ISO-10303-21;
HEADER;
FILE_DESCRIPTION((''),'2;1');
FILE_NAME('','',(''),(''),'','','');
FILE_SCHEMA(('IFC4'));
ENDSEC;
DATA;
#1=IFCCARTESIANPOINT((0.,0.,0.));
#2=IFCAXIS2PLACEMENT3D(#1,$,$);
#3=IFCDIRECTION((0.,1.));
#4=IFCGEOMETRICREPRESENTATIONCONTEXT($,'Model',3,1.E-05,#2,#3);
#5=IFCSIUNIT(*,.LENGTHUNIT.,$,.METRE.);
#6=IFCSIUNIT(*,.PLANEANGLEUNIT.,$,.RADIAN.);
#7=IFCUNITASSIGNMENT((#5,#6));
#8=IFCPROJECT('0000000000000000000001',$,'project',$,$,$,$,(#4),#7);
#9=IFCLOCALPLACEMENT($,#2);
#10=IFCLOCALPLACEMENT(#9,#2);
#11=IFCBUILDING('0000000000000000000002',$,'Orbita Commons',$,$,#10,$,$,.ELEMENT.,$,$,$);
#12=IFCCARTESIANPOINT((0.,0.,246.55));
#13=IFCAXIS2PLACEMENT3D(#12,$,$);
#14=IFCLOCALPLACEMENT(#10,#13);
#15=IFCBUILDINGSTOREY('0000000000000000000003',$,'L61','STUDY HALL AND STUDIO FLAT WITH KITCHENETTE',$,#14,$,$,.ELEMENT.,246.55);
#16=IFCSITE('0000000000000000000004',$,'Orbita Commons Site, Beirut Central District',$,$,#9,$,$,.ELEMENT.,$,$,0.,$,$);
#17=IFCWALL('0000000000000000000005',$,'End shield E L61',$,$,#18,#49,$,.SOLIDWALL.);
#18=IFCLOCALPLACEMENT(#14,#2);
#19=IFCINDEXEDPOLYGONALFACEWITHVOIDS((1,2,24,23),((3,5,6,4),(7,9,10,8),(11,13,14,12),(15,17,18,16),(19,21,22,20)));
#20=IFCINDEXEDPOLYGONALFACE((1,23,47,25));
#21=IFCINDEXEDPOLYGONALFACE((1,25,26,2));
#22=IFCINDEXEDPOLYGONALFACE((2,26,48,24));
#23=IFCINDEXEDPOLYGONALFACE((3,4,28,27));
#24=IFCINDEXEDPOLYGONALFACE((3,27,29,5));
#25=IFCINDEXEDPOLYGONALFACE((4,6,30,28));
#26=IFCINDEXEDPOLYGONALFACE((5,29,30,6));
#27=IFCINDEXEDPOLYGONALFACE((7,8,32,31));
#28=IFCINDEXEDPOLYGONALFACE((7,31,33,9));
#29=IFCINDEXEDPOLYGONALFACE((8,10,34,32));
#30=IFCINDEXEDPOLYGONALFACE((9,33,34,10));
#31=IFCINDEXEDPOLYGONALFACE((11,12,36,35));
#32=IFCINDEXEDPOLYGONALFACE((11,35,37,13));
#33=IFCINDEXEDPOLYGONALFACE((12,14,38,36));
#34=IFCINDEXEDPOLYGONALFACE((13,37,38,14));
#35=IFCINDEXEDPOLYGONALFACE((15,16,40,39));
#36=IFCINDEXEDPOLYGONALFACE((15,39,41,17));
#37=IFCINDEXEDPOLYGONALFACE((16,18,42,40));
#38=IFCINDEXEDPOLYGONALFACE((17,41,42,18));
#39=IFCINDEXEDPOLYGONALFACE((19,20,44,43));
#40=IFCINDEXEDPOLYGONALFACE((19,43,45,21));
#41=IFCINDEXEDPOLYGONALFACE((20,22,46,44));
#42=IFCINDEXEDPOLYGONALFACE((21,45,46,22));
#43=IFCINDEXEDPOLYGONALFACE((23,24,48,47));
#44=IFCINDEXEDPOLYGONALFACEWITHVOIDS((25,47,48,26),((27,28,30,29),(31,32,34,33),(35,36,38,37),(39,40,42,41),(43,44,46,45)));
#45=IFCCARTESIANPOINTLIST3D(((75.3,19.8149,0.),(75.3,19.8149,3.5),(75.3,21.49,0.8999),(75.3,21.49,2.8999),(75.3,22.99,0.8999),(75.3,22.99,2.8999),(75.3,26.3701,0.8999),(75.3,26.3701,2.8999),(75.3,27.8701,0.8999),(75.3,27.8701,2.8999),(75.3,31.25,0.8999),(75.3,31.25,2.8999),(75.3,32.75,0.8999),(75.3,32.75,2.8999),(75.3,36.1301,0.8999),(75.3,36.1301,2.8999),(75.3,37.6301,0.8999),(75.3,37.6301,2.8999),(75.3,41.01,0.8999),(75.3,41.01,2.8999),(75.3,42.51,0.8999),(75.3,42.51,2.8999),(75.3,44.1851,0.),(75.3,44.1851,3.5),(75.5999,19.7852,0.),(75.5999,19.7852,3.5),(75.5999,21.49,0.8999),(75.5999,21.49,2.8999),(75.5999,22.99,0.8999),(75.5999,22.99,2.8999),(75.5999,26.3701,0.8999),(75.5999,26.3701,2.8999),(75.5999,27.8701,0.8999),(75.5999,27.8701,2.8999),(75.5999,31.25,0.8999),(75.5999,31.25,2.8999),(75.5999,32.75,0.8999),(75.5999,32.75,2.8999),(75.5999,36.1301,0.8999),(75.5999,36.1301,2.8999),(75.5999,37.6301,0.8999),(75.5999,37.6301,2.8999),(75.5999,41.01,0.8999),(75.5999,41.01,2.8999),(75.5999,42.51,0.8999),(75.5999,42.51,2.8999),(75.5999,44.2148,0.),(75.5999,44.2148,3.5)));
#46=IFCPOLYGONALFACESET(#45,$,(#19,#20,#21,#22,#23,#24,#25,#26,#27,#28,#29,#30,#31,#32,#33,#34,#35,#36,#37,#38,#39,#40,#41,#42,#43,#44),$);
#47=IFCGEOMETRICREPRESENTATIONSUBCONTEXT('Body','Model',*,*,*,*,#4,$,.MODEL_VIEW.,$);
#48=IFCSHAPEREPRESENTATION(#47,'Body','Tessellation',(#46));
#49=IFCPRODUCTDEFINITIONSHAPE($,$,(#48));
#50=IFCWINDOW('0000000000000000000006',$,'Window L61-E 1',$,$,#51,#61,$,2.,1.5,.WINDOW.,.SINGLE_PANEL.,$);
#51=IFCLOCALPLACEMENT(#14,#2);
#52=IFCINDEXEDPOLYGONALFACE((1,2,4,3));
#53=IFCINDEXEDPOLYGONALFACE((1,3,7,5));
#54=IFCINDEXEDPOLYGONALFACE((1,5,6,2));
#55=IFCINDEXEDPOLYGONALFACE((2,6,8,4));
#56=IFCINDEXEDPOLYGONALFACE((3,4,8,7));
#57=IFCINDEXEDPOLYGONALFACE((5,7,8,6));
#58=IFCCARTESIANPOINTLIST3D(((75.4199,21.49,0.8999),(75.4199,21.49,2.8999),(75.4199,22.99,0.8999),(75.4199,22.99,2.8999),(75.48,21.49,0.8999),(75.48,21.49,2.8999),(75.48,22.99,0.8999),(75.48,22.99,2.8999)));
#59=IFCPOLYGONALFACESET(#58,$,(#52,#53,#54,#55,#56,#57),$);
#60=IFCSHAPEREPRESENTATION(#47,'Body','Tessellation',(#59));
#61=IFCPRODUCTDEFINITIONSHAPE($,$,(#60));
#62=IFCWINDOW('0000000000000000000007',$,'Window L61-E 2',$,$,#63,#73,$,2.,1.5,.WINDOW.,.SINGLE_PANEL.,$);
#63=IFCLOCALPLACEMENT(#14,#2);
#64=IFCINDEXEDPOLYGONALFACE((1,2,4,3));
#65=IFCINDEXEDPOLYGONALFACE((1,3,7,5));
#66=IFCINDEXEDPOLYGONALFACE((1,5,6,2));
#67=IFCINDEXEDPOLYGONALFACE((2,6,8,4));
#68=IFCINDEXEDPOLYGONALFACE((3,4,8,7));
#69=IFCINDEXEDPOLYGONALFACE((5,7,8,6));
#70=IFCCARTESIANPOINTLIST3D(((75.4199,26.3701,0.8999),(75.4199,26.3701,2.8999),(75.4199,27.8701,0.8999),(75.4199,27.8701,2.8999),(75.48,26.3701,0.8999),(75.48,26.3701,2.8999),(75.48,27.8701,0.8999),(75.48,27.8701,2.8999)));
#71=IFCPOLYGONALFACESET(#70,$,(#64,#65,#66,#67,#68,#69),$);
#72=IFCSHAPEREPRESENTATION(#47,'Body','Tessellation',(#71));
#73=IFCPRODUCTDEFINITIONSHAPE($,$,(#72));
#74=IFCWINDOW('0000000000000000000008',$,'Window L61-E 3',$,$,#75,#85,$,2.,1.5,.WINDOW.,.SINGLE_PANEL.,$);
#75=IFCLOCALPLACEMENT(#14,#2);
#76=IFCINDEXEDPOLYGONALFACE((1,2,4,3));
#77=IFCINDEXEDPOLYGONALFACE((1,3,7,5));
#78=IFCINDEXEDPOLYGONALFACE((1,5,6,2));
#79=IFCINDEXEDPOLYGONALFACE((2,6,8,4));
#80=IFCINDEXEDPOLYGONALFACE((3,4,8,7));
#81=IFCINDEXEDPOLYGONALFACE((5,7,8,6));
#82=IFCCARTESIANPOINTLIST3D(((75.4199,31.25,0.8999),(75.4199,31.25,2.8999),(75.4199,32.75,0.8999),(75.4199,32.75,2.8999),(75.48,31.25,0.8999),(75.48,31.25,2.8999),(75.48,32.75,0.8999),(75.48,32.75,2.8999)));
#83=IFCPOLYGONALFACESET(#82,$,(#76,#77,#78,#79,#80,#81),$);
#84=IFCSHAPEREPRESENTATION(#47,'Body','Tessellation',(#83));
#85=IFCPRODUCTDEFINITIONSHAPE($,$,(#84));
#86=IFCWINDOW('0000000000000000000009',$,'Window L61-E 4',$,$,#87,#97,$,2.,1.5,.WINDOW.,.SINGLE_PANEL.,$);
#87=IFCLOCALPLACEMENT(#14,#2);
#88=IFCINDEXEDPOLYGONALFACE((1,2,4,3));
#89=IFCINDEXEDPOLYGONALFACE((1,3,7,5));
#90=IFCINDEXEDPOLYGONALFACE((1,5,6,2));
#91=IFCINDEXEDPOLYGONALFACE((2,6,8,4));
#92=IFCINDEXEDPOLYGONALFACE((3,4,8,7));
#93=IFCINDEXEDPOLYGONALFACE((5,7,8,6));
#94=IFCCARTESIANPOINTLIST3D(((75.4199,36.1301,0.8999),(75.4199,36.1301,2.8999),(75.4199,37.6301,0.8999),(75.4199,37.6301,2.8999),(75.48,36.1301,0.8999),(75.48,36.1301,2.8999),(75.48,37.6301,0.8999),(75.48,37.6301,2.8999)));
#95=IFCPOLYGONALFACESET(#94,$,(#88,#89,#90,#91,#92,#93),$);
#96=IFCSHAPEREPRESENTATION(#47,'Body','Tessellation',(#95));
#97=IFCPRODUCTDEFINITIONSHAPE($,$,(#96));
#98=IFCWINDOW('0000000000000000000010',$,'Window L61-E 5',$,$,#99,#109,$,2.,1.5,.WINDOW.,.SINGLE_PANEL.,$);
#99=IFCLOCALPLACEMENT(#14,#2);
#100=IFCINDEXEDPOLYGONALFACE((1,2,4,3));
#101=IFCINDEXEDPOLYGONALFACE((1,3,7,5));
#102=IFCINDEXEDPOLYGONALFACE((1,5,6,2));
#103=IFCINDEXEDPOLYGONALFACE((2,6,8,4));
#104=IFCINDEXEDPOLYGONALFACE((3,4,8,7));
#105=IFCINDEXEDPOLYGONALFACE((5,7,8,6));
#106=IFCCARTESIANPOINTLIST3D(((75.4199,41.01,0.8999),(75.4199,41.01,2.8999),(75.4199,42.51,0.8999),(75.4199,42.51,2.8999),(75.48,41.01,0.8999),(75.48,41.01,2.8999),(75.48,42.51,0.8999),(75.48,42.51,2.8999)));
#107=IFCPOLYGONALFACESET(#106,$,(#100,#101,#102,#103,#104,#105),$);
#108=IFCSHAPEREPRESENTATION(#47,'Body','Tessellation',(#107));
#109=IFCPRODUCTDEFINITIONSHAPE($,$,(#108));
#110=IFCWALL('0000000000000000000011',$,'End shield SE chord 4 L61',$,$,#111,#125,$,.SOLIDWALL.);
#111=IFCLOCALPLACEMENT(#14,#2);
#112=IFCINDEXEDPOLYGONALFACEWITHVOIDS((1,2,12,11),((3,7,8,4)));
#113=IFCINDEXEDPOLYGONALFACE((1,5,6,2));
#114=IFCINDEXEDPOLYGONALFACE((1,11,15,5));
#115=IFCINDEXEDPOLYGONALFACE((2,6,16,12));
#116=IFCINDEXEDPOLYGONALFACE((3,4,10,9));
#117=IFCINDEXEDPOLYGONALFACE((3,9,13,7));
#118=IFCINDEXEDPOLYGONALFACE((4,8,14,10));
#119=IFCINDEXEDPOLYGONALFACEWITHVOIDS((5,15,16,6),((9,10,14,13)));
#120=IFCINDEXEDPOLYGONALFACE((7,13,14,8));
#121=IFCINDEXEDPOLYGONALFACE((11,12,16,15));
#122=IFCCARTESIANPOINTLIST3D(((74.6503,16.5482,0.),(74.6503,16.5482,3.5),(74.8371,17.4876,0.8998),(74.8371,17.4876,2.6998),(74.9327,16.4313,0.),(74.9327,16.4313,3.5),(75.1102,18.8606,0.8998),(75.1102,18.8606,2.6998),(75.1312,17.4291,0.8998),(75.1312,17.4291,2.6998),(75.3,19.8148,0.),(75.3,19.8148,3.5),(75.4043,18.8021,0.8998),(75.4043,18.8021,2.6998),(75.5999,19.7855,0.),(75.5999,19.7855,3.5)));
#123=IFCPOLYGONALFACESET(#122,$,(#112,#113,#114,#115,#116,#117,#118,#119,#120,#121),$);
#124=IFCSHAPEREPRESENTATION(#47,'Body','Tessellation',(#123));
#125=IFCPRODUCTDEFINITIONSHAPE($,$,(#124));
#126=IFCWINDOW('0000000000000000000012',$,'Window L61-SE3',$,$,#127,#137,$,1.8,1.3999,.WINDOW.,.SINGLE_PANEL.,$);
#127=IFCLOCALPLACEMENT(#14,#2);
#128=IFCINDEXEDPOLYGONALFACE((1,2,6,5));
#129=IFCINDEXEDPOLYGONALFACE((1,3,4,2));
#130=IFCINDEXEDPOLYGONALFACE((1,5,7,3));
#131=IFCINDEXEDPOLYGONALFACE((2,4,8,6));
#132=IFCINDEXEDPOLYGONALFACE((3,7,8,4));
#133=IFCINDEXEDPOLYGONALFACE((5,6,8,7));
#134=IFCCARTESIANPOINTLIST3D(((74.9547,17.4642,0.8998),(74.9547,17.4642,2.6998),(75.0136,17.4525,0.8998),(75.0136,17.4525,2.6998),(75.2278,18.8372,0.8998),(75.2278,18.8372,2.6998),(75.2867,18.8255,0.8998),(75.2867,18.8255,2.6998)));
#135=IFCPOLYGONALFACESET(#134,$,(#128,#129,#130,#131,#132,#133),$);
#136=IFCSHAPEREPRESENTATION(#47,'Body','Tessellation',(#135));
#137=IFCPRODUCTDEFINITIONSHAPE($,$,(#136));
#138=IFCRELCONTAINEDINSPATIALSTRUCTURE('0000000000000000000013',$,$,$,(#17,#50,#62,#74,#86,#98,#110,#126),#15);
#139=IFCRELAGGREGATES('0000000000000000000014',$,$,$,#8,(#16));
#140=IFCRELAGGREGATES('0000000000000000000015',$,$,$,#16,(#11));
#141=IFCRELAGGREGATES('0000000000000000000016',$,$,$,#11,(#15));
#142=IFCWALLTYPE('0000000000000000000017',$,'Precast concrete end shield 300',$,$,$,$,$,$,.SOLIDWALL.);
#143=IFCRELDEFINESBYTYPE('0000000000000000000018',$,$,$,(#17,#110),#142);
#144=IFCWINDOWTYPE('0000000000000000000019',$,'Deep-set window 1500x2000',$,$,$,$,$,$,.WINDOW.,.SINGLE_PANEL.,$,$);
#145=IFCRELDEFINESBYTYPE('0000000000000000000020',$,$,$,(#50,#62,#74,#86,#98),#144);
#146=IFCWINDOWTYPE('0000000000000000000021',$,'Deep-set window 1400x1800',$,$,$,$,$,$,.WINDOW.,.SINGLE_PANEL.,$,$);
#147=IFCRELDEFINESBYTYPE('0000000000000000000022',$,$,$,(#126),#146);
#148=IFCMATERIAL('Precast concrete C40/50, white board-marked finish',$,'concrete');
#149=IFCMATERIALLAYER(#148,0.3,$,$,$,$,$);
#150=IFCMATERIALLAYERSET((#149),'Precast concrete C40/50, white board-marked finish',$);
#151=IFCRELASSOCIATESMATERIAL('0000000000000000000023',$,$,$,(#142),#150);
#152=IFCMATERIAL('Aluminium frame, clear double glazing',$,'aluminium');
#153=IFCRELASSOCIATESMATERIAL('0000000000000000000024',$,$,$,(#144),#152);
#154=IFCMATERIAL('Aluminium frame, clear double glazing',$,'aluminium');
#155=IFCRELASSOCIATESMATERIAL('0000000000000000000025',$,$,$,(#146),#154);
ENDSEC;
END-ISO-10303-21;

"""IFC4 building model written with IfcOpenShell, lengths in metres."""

from ifc_helpers import new_model, si_unit, direction, frame, frame_2d, origin, place, context, subcontext, project, spatial, polyline, rectangle, outline, extrude, material, layer, layer_set, type_object, element, fill, save


model = new_model("IFC4")

# Units and contexts
model_context = context("Model", 3, precision=1e-05, world=origin(), true_north=direction((0.0, 1.0)))
body_context = subcontext(model_context, "Body", "Model", "MODEL_VIEW")
ifc_project = project(units=[si_unit("LENGTHUNIT", "METRE"), si_unit("PLANEANGLEUNIT", "RADIAN")], contexts=[model_context])

# Site, building, storey
site_placement = place(None, origin())
site = spatial("IfcSite", under=ifc_project, at=site_placement, Name="Orbita Commons Site, Beirut Central District", CompositionType="ELEMENT", RefElevation=0.0)
building_placement = place(site_placement, origin())
building = spatial("IfcBuilding", under=site, at=building_placement, Name="Orbita Commons", CompositionType="ELEMENT")
storey_placement = place(building_placement, frame((0.0, 0.0, 246.55)))
storey = spatial("IfcBuildingStorey", under=building, at=storey_placement, Name="L61", Description="STUDY HALL AND STUDIO FLAT WITH KITCHENETTE", CompositionType="ELEMENT", Elevation=246.55)

# Wall, openings, windows
ifc_material_1 = material(Name="Precast concrete C40/50, white board-marked finish", Category="concrete")
ifc_layer_1 = layer(ifc_material_1, 0.3)
ifc_layer_set_1 = layer_set([ifc_layer_1], Name="Precast concrete C40/50, white board-marked finish")
wall_type_1 = type_object("IfcWallType", Name="Precast concrete end shield 300", PredefinedType="SOLIDWALL", material=ifc_layer_set_1)
wall_1_placement = place(storey_placement, frame((75.45, 19.8, 0.0), z_axis=(0.0, 0.0, 1.0), x_axis=(0.0, 1.0, 0.0)))
wall_1 = element("IfcWall", 1, at=wall_1_placement, inside=storey, type_object=wall_type_1, Name="End shield E L61", PredefinedType="SOLIDWALL", context=body_context, shape_type="SweptSolid", body=[
    extrude(outline(polyline([(-0.0149, -0.1499), (24.4148, -0.1499), (24.385, 0.1499), (0.0149, 0.1499), (-0.0149, -0.1499)])), origin(), (0.0, 0.0, 1.0), 3.5),
])
opening_1_placement = place(wall_1_placement, frame((1.6899, 0.0, 0.8999)))
opening_1 = element("IfcOpeningElement", 2, at=opening_1_placement, cuts=wall_1, PredefinedType="OPENING", context=body_context, shape_type="SweptSolid", body=[
    extrude(rectangle(XDim=1.5, YDim=2.0, at=frame_2d((0.75, 1.0))), frame((0.0, 0.1599, 0.0), z_axis=(0.0, -1.0, 0.0), x_axis=(1.0, 0.0, 0.0)), (0.0, 0.0, 1.0), 0.3201),
])
opening_2_placement = place(wall_1_placement, frame((6.5701, 0.0, 0.8999)))
opening_2 = element("IfcOpeningElement", 3, at=opening_2_placement, cuts=wall_1, PredefinedType="OPENING", context=body_context, shape_type="SweptSolid", body=[
    extrude(rectangle(XDim=1.5, YDim=2.0, at=frame_2d((0.75, 1.0))), frame((0.0, 0.1599, 0.0), z_axis=(0.0, -1.0, 0.0), x_axis=(1.0, 0.0, 0.0)), (0.0, 0.0, 1.0), 0.3201),
])
opening_3_placement = place(wall_1_placement, frame((11.45, 0.0, 0.8999)))
opening_3 = element("IfcOpeningElement", 4, at=opening_3_placement, cuts=wall_1, PredefinedType="OPENING", context=body_context, shape_type="SweptSolid", body=[
    extrude(rectangle(XDim=1.5, YDim=2.0, at=frame_2d((0.75, 1.0))), frame((0.0, 0.1599, 0.0), z_axis=(0.0, -1.0, 0.0), x_axis=(1.0, 0.0, 0.0)), (0.0, 0.0, 1.0), 0.3201),
])
opening_4_placement = place(wall_1_placement, frame((16.3301, 0.0, 0.8999)))
opening_4 = element("IfcOpeningElement", 5, at=opening_4_placement, cuts=wall_1, PredefinedType="OPENING", context=body_context, shape_type="SweptSolid", body=[
    extrude(rectangle(XDim=1.5, YDim=2.0, at=frame_2d((0.75, 1.0))), frame((0.0, 0.1599, 0.0), z_axis=(0.0, -1.0, 0.0), x_axis=(1.0, 0.0, 0.0)), (0.0, 0.0, 1.0), 0.3201),
])
opening_5_placement = place(wall_1_placement, frame((21.21, 0.0, 0.8999)))
opening_5 = element("IfcOpeningElement", 6, at=opening_5_placement, cuts=wall_1, PredefinedType="OPENING", context=body_context, shape_type="SweptSolid", body=[
    extrude(rectangle(XDim=1.5, YDim=2.0, at=frame_2d((0.75, 1.0))), frame((0.0, 0.1599, 0.0), z_axis=(0.0, -1.0, 0.0), x_axis=(1.0, 0.0, 0.0)), (0.0, 0.0, 1.0), 0.3201),
])
ifc_material_2 = material(Name="Aluminium frame, clear double glazing", Category="aluminium")
window_type_1 = type_object("IfcWindowType", Name="Deep-set window 1500x2000", PartitioningType="SINGLE_PANEL", PredefinedType="WINDOW", material=ifc_material_2)
window_1_placement = place(opening_1_placement, origin())
window_1 = element("IfcWindow", 7, at=window_1_placement, inside=storey, type_object=window_type_1, Name="Window L61-E 1", OverallHeight=2.0, OverallWidth=1.5, PartitioningType="SINGLE_PANEL", PredefinedType="WINDOW", context=body_context, shape_type="SweptSolid", body=[
    extrude(rectangle(XDim=1.5, YDim=2.0, at=frame_2d((0.75, 1.0))), frame((0.0, 0.03, 0.0), z_axis=(0.0, -1.0, 0.0), x_axis=(1.0, 0.0, 0.0)), (0.0, 0.0, 1.0), 0.0601),
])
fill(opening_1, window_1)
window_2_placement = place(opening_2_placement, origin())
window_2 = element("IfcWindow", 8, at=window_2_placement, inside=storey, type_object=window_type_1, Name="Window L61-E 2", OverallHeight=2.0, OverallWidth=1.5, PartitioningType="SINGLE_PANEL", PredefinedType="WINDOW", context=body_context, shape_type="SweptSolid", body=[
    extrude(rectangle(XDim=1.5, YDim=2.0, at=frame_2d((0.75, 1.0))), frame((0.0, 0.03, 0.0), z_axis=(0.0, -1.0, 0.0), x_axis=(1.0, 0.0, 0.0)), (0.0, 0.0, 1.0), 0.0601),
])
fill(opening_2, window_2)
window_3_placement = place(opening_3_placement, origin())
window_3 = element("IfcWindow", 9, at=window_3_placement, inside=storey, type_object=window_type_1, Name="Window L61-E 3", OverallHeight=2.0, OverallWidth=1.5, PartitioningType="SINGLE_PANEL", PredefinedType="WINDOW", context=body_context, shape_type="SweptSolid", body=[
    extrude(rectangle(XDim=1.5, YDim=2.0, at=frame_2d((0.75, 1.0))), frame((0.0, 0.03, 0.0), z_axis=(0.0, -1.0, 0.0), x_axis=(1.0, 0.0, 0.0)), (0.0, 0.0, 1.0), 0.0601),
])
fill(opening_3, window_3)
window_4_placement = place(opening_4_placement, origin())
window_4 = element("IfcWindow", 10, at=window_4_placement, inside=storey, type_object=window_type_1, Name="Window L61-E 4", OverallHeight=2.0, OverallWidth=1.5, PartitioningType="SINGLE_PANEL", PredefinedType="WINDOW", context=body_context, shape_type="SweptSolid", body=[
    extrude(rectangle(XDim=1.5, YDim=2.0, at=frame_2d((0.75, 1.0))), frame((0.0, 0.03, 0.0), z_axis=(0.0, -1.0, 0.0), x_axis=(1.0, 0.0, 0.0)), (0.0, 0.0, 1.0), 0.0601),
])
fill(opening_4, window_4)
window_5_placement = place(opening_5_placement, origin())
window_5 = element("IfcWindow", 11, at=window_5_placement, inside=storey, type_object=window_type_1, Name="Window L61-E 5", OverallHeight=2.0, OverallWidth=1.5, PartitioningType="SINGLE_PANEL", PredefinedType="WINDOW", context=body_context, shape_type="SweptSolid", body=[
    extrude(rectangle(XDim=1.5, YDim=2.0, at=frame_2d((0.75, 1.0))), frame((0.0, 0.03, 0.0), z_axis=(0.0, -1.0, 0.0), x_axis=(1.0, 0.0, 0.0)), (0.0, 0.0, 1.0), 0.0601),
])
fill(opening_5, window_5)

# Wall, opening, window
wall_2_placement = place(storey_placement, frame((74.7915, 16.4897, 0.0), z_axis=(0.0, 0.0, 1.0), x_axis=(0.195087, 0.980786, 0.0)))
wall_2 = element("IfcWall", 12, at=wall_2_placement, inside=storey, type_object=wall_type_1, Name="End shield SE chord 4 L61", PredefinedType="SOLIDWALL", context=body_context, shape_type="SweptSolid", body=[
    extrude(outline(polyline([(-0.0298, -0.1499), (3.3901, -0.1499), (3.3604, 0.1499), (0.0298, 0.1499), (-0.0298, -0.1499)])), origin(), (0.0, 0.0, 1.0), 3.5),
])
opening_6_placement = place(wall_2_placement, frame((0.9875, 0.0, 0.8999)))
opening_6 = element("IfcOpeningElement", 13, at=opening_6_placement, cuts=wall_2, PredefinedType="OPENING", context=body_context, shape_type="SweptSolid", body=[
    extrude(rectangle(XDim=1.3999, YDim=1.8, at=frame_2d((0.7, 0.8999))), frame((0.0, 0.1599, 0.0), z_axis=(0.0, -1.0, 0.0), x_axis=(1.0, 0.0, 0.0)), (0.0, 0.0, 1.0), 0.3201),
])
ifc_material_3 = material(Name="Aluminium frame, clear double glazing", Category="aluminium")
window_type_2 = type_object("IfcWindowType", Name="Deep-set window 1400x1800", PartitioningType="SINGLE_PANEL", PredefinedType="WINDOW", material=ifc_material_3)
window_6_placement = place(opening_6_placement, origin())
window_6 = element("IfcWindow", 14, at=window_6_placement, inside=storey, type_object=window_type_2, Name="Window L61-SE3", OverallHeight=1.8, OverallWidth=1.3999, PartitioningType="SINGLE_PANEL", PredefinedType="WINDOW", context=body_context, shape_type="SweptSolid", body=[
    extrude(rectangle(XDim=1.3999, YDim=1.8, at=frame_2d((0.7, 0.8999))), frame((0.0, 0.03, 0.0), z_axis=(0.0, -1.0, 0.0), x_axis=(1.0, 0.0, 0.0)), (0.0, 0.0, 1.0), 0.0601),
])
fill(opening_6, window_6)

save(model, "model.ifc")
